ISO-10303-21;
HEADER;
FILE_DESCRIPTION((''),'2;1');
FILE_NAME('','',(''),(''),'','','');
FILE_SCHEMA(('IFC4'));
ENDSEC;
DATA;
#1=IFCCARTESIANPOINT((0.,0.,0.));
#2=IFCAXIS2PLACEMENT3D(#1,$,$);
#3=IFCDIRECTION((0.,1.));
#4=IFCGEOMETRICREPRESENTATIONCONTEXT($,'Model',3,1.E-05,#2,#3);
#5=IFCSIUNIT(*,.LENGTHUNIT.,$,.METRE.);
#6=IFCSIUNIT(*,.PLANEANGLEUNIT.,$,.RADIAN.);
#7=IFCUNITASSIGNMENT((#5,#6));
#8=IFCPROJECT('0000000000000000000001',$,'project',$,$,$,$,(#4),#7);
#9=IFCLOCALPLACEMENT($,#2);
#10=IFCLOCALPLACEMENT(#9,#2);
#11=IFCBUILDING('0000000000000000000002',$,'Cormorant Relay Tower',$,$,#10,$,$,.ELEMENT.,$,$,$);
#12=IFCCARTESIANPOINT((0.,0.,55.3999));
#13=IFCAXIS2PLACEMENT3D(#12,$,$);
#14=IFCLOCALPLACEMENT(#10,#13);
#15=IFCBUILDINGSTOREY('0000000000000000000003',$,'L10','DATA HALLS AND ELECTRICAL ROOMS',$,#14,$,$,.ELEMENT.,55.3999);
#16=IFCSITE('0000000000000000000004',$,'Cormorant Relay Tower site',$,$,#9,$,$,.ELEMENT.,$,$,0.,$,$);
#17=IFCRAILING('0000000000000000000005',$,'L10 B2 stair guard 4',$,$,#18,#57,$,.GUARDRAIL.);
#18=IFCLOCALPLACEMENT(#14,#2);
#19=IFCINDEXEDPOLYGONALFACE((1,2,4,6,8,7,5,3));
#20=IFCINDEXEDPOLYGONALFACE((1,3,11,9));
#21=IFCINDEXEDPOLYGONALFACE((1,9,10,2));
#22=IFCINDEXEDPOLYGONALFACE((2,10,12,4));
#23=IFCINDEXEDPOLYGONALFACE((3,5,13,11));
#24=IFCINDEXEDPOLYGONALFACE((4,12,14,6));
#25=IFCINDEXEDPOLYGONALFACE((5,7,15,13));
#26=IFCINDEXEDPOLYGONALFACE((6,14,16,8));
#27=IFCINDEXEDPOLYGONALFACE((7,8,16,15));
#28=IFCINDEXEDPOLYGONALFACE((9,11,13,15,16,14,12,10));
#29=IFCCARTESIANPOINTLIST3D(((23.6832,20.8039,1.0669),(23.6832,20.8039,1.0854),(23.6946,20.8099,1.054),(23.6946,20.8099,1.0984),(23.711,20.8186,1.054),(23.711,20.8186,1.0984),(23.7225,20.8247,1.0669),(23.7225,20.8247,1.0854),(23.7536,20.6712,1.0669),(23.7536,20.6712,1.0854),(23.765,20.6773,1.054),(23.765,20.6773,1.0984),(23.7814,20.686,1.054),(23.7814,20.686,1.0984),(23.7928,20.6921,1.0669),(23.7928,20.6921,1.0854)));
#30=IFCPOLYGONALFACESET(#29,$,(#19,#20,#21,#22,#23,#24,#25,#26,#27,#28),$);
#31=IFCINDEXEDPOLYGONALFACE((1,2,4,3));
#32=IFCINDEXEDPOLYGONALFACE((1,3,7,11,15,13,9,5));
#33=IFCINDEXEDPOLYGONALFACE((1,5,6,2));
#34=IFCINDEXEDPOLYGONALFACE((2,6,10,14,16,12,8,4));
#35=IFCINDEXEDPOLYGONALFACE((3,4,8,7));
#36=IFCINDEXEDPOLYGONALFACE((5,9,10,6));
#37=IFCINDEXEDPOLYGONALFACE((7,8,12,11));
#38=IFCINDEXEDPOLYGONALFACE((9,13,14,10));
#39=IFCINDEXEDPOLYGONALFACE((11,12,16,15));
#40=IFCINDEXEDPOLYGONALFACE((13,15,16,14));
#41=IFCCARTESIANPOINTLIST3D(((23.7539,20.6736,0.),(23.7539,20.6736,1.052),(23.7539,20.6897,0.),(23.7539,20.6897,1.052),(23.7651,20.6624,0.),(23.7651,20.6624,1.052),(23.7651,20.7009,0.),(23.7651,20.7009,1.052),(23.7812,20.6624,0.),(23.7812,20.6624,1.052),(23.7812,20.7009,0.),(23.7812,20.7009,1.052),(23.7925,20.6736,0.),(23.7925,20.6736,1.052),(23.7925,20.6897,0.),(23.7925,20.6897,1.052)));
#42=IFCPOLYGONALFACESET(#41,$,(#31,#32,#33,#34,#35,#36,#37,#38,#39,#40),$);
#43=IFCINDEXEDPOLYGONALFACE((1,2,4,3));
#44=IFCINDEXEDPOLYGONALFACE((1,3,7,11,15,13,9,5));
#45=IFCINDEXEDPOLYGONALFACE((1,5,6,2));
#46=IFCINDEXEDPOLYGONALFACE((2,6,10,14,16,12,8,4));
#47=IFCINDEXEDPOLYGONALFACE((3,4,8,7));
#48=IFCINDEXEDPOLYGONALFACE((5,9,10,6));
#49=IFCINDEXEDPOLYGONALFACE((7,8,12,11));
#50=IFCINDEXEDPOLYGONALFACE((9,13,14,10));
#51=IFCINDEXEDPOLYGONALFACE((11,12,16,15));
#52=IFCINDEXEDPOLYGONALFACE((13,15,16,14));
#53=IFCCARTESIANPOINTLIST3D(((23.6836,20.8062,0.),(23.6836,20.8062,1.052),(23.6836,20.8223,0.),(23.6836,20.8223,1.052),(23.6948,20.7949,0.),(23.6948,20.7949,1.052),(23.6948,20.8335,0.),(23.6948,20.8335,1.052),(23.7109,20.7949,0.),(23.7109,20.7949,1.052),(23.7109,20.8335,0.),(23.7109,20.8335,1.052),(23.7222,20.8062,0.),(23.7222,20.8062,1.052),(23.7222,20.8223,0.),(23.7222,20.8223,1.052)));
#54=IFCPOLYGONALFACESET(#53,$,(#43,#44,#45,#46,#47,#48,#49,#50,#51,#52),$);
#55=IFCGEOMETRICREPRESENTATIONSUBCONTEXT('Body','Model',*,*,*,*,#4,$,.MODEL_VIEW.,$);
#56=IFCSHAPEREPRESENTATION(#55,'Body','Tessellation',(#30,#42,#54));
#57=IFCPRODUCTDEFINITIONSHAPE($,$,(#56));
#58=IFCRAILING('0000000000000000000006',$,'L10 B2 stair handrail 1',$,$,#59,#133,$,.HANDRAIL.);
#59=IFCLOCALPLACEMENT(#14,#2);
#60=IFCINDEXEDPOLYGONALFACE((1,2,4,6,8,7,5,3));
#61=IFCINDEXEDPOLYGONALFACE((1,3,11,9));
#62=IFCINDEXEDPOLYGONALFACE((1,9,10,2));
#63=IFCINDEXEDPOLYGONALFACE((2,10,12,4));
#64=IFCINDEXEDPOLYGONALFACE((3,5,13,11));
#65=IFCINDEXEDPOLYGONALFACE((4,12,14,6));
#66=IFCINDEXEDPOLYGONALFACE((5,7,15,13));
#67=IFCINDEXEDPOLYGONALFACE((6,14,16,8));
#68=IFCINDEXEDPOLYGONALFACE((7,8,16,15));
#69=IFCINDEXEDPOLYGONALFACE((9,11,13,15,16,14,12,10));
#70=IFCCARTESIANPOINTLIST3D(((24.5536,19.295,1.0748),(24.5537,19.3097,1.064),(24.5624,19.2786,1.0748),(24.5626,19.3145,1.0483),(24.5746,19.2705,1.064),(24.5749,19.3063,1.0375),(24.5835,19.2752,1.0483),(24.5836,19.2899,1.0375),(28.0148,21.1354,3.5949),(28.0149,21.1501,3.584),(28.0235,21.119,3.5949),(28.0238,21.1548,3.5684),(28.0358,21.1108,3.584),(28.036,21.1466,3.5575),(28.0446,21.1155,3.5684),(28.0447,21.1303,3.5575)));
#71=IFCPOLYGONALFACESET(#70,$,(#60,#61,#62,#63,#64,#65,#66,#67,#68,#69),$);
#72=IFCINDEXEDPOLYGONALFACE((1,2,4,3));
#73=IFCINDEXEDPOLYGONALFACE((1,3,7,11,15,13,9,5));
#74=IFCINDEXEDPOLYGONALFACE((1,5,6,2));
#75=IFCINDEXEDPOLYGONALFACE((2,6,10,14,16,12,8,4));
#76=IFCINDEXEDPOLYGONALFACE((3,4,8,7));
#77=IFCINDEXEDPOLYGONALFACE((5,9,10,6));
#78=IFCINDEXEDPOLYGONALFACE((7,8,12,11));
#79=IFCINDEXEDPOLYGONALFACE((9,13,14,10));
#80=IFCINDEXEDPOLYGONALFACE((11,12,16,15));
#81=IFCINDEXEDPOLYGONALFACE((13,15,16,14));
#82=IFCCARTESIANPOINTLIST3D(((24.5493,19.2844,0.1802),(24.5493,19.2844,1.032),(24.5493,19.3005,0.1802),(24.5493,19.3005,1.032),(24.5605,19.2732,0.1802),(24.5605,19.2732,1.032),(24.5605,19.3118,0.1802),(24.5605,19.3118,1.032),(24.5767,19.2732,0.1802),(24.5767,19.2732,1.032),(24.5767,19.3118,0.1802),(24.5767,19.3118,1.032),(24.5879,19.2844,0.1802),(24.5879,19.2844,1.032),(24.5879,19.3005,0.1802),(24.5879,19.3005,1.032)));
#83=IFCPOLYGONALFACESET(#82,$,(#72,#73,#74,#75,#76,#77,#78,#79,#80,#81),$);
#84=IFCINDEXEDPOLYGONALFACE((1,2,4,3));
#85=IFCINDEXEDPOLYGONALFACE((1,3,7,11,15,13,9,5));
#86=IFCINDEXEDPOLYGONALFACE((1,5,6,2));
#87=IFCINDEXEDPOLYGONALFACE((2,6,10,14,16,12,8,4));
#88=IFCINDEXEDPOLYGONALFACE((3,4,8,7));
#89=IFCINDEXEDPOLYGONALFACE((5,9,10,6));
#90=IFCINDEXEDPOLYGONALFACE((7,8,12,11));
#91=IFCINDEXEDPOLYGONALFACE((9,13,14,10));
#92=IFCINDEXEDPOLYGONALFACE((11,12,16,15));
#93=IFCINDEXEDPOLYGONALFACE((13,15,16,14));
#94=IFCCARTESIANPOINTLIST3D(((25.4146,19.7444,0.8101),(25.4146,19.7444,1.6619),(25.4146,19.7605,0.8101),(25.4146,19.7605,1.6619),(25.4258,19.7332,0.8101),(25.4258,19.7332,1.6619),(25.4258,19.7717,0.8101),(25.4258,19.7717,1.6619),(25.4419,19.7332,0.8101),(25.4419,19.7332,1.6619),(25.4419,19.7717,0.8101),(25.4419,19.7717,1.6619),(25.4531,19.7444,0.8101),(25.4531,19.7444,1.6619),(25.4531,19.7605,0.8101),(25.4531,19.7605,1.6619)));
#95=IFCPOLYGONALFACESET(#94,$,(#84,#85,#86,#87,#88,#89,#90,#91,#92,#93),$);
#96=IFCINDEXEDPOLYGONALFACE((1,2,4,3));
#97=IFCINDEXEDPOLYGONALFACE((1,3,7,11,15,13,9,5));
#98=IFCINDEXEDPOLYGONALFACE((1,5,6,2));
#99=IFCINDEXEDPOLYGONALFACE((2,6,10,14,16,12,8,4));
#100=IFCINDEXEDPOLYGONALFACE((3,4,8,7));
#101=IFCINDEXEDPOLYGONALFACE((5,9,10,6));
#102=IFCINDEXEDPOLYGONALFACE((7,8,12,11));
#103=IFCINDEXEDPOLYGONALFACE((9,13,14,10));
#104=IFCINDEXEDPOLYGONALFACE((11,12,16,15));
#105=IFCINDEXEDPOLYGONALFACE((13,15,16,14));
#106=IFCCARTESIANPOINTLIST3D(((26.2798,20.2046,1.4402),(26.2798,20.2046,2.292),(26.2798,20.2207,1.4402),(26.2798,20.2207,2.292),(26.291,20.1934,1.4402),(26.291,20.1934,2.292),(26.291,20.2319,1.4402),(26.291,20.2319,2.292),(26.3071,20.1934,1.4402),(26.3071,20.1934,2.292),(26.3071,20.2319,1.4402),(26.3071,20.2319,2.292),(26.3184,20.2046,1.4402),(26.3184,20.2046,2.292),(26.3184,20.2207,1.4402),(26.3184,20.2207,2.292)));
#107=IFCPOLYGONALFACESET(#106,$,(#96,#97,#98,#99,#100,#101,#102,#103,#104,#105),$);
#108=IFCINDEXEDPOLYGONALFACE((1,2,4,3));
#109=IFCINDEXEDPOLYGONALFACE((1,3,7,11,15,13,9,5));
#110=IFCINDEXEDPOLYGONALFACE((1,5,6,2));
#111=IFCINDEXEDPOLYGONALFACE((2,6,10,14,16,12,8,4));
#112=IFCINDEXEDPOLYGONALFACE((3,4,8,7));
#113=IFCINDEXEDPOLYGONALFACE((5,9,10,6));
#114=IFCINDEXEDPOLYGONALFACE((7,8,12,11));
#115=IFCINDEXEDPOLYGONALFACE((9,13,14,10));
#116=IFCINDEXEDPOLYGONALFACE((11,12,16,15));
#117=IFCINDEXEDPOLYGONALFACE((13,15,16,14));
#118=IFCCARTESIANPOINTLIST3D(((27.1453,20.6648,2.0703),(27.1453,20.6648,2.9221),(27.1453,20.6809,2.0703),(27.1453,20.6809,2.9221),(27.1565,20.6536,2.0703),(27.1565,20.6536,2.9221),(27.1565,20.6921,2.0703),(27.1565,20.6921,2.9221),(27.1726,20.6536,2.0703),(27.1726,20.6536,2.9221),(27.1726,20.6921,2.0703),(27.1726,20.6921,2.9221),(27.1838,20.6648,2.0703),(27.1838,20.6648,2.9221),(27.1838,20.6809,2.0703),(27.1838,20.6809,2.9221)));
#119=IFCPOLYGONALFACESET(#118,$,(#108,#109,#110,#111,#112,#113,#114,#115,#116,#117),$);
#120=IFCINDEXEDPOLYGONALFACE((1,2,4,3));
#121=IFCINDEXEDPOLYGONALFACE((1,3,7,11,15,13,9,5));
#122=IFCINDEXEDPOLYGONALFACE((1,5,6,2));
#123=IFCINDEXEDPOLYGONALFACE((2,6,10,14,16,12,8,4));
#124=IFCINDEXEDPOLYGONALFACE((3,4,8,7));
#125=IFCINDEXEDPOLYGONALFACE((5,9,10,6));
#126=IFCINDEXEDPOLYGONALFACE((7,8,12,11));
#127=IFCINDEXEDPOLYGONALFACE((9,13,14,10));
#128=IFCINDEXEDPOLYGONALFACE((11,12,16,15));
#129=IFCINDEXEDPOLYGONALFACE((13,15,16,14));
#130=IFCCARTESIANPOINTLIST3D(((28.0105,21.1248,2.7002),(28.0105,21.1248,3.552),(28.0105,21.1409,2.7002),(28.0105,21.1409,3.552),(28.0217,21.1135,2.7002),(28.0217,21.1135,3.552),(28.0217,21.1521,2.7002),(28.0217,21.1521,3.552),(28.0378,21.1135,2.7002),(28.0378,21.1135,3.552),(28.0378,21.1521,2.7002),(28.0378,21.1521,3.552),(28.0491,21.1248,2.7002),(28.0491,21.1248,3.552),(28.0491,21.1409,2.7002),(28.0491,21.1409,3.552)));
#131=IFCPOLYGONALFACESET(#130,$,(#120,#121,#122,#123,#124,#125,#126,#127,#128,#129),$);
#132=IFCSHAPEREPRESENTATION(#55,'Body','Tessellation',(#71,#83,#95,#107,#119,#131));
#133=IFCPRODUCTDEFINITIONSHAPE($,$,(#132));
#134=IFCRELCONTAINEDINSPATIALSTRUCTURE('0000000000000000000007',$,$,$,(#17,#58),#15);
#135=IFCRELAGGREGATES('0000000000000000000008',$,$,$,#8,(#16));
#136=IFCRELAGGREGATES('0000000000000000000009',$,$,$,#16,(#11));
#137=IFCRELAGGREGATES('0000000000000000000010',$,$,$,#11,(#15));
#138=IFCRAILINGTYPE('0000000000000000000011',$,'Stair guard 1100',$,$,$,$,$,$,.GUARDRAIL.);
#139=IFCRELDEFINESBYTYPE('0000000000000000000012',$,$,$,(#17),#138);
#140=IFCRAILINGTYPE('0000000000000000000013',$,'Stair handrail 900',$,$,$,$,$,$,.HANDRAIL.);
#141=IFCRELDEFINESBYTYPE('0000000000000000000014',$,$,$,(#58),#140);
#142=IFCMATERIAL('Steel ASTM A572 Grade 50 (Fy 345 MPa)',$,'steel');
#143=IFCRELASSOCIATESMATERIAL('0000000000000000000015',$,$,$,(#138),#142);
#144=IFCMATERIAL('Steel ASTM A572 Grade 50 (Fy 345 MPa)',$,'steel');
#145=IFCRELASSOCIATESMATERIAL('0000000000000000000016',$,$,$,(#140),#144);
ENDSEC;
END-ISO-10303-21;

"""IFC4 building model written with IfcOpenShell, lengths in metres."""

from ifc_helpers import new_model, si_unit, direction, frame, origin, place, context, subcontext, project, spatial, polyline, outline, extrude, material, type_object, element, save


model = new_model("IFC4")

# Units and contexts
model_context = context("Model", 3, precision=1e-05, world=origin(), true_north=direction((0.0, 1.0)))
body_context = subcontext(model_context, "Body", "Model", "MODEL_VIEW")
ifc_project = project(units=[si_unit("LENGTHUNIT", "METRE"), si_unit("PLANEANGLEUNIT", "RADIAN")], contexts=[model_context])

# Site, building, storey
site_placement = place(None, origin())
site = spatial("IfcSite", under=ifc_project, at=site_placement, Name="Cormorant Relay Tower site", CompositionType="ELEMENT", RefElevation=0.0)
building_placement = place(site_placement, origin())
building = spatial("IfcBuilding", under=site, at=building_placement, Name="Cormorant Relay Tower", CompositionType="ELEMENT")
storey_placement = place(building_placement, frame((0.0, 0.0, 55.3999)))
storey = spatial("IfcBuildingStorey", under=building, at=storey_placement, Name="L10", Description="DATA HALLS AND ELECTRICAL ROOMS", CompositionType="ELEMENT", Elevation=55.3999)

# Railings
ifc_material_1 = material(Name="Steel ASTM A572 Grade 50 (Fy 345 MPa)", Category="steel")
railing_type_1 = type_object("IfcRailingType", Name="Stair guard 1100", PredefinedType="GUARDRAIL", material=ifc_material_1)
railing_1_placement = place(storey_placement, frame((23.7732, 20.6816, 0.0)))
element("IfcRailing", 1, at=railing_1_placement, inside=storey, type_object=railing_type_1, Name="L10 B2 stair guard 4", PredefinedType="GUARDRAIL", context=body_context, shape_type="SweptSolid", body=[
    extrude(outline(polyline([(0.0222, 0.0093), (0.0093, 0.0222), (-0.0093, 0.0222), (-0.0222, 0.0093), (-0.0222, -0.0093), (-0.0093, -0.0222), (0.0093, -0.0222), (0.0222, -0.0093), (0.0222, 0.0093)])), frame((0.0, 0.0, 1.0762), z_axis=(-0.46856, 0.883431, 0.0), x_axis=(-0.883431, -0.46856, 0.0)), (0.0, 0.0, 1.0), 0.1501),
    extrude(outline(polyline([(0.0193, 0.0081), (0.0081, 0.0193), (-0.0081, 0.0193), (-0.0193, 0.0081), (-0.0193, -0.0081), (-0.0081, -0.0193), (0.0081, -0.0193), (0.0193, -0.0081), (0.0193, 0.0081)])), origin(), (0.0, 0.0, 1.0), 1.052),
    extrude(outline(polyline([(0.0193, 0.0081), (0.0081, 0.0193), (-0.0081, 0.0193), (-0.0193, 0.0081), (-0.0193, -0.0081), (-0.0081, -0.0193), (0.0081, -0.0193), (0.0193, -0.0081), (0.0193, 0.0081)])), frame((-0.0703, 0.1326, 0.0)), (0.0, 0.0, 1.0), 1.052),
])
ifc_material_2 = material(Name="Steel ASTM A572 Grade 50 (Fy 345 MPa)", Category="steel")
railing_type_2 = type_object("IfcRailingType", Name="Stair handrail 900", PredefinedType="HANDRAIL", material=ifc_material_2)
railing_2_placement = place(storey_placement, frame((24.5686, 19.2925, 0.1802)))
element("IfcRailing", 2, at=railing_2_placement, inside=storey, type_object=railing_type_2, Name="L10 B2 stair handrail 1", PredefinedType="HANDRAIL", context=body_context, shape_type="SweptSolid", body=[
    extrude(outline(polyline([(0.0222, 0.0093), (0.0093, 0.0222), (-0.0093, 0.0222), (-0.0222, 0.0093), (-0.0222, -0.0093), (-0.0093, -0.0222), (0.0093, -0.0222), (0.0222, -0.0093), (0.0222, 0.0093)])), frame((0.0, 0.0, 0.876), z_axis=(0.742717, 0.394907, 0.540758), x_axis=(-0.469469, 0.882949, 0.0)), (0.0, 0.0, 1.0), 4.6602),
    extrude(outline(polyline([(0.0193, 0.0081), (0.0081, 0.0193), (-0.0081, 0.0193), (-0.0193, 0.0081), (-0.0193, -0.0081), (-0.0081, -0.0193), (0.0081, -0.0193), (0.0193, -0.0081), (0.0193, 0.0081)])), origin(), (0.0, 0.0, 1.0), 0.8518),
    extrude(outline(polyline([(0.0193, 0.0081), (0.0081, 0.0193), (-0.0081, 0.0193), (-0.0193, 0.0081), (-0.0193, -0.0081), (-0.0081, -0.0193), (0.0081, -0.0193), (0.0193, -0.0081), (0.0193, 0.0081)])), frame((0.8652, 0.46, 0.6299)), (0.0, 0.0, 1.0), 0.8518),
    extrude(outline(polyline([(0.0193, 0.0081), (0.0081, 0.0193), (-0.0081, 0.0193), (-0.0193, 0.0081), (-0.0193, -0.0081), (-0.0081, -0.0193), (0.0081, -0.0193), (0.0193, -0.0081), (0.0193, 0.0081)])), frame((1.7305, 0.9202, 1.26)), (0.0, 0.0, 1.0), 0.8518),
    extrude(outline(polyline([(0.0193, 0.0081), (0.0081, 0.0193), (-0.0081, 0.0193), (-0.0193, 0.0081), (-0.0193, -0.0081), (-0.0081, -0.0193), (0.0081, -0.0193), (0.0193, -0.0081), (0.0193, 0.0081)])), frame((2.5959, 1.3804, 1.8901)), (0.0, 0.0, 1.0), 0.8518),
    extrude(outline(polyline([(0.0193, 0.0081), (0.0081, 0.0193), (-0.0081, 0.0193), (-0.0193, 0.0081), (-0.0193, -0.0081), (-0.0081, -0.0193), (0.0081, -0.0193), (0.0193, -0.0081), (0.0193, 0.0081)])), frame((3.4612, 1.8403, 2.52)), (0.0, 0.0, 1.0), 0.8518),
])

save(model, "model.ifc")
